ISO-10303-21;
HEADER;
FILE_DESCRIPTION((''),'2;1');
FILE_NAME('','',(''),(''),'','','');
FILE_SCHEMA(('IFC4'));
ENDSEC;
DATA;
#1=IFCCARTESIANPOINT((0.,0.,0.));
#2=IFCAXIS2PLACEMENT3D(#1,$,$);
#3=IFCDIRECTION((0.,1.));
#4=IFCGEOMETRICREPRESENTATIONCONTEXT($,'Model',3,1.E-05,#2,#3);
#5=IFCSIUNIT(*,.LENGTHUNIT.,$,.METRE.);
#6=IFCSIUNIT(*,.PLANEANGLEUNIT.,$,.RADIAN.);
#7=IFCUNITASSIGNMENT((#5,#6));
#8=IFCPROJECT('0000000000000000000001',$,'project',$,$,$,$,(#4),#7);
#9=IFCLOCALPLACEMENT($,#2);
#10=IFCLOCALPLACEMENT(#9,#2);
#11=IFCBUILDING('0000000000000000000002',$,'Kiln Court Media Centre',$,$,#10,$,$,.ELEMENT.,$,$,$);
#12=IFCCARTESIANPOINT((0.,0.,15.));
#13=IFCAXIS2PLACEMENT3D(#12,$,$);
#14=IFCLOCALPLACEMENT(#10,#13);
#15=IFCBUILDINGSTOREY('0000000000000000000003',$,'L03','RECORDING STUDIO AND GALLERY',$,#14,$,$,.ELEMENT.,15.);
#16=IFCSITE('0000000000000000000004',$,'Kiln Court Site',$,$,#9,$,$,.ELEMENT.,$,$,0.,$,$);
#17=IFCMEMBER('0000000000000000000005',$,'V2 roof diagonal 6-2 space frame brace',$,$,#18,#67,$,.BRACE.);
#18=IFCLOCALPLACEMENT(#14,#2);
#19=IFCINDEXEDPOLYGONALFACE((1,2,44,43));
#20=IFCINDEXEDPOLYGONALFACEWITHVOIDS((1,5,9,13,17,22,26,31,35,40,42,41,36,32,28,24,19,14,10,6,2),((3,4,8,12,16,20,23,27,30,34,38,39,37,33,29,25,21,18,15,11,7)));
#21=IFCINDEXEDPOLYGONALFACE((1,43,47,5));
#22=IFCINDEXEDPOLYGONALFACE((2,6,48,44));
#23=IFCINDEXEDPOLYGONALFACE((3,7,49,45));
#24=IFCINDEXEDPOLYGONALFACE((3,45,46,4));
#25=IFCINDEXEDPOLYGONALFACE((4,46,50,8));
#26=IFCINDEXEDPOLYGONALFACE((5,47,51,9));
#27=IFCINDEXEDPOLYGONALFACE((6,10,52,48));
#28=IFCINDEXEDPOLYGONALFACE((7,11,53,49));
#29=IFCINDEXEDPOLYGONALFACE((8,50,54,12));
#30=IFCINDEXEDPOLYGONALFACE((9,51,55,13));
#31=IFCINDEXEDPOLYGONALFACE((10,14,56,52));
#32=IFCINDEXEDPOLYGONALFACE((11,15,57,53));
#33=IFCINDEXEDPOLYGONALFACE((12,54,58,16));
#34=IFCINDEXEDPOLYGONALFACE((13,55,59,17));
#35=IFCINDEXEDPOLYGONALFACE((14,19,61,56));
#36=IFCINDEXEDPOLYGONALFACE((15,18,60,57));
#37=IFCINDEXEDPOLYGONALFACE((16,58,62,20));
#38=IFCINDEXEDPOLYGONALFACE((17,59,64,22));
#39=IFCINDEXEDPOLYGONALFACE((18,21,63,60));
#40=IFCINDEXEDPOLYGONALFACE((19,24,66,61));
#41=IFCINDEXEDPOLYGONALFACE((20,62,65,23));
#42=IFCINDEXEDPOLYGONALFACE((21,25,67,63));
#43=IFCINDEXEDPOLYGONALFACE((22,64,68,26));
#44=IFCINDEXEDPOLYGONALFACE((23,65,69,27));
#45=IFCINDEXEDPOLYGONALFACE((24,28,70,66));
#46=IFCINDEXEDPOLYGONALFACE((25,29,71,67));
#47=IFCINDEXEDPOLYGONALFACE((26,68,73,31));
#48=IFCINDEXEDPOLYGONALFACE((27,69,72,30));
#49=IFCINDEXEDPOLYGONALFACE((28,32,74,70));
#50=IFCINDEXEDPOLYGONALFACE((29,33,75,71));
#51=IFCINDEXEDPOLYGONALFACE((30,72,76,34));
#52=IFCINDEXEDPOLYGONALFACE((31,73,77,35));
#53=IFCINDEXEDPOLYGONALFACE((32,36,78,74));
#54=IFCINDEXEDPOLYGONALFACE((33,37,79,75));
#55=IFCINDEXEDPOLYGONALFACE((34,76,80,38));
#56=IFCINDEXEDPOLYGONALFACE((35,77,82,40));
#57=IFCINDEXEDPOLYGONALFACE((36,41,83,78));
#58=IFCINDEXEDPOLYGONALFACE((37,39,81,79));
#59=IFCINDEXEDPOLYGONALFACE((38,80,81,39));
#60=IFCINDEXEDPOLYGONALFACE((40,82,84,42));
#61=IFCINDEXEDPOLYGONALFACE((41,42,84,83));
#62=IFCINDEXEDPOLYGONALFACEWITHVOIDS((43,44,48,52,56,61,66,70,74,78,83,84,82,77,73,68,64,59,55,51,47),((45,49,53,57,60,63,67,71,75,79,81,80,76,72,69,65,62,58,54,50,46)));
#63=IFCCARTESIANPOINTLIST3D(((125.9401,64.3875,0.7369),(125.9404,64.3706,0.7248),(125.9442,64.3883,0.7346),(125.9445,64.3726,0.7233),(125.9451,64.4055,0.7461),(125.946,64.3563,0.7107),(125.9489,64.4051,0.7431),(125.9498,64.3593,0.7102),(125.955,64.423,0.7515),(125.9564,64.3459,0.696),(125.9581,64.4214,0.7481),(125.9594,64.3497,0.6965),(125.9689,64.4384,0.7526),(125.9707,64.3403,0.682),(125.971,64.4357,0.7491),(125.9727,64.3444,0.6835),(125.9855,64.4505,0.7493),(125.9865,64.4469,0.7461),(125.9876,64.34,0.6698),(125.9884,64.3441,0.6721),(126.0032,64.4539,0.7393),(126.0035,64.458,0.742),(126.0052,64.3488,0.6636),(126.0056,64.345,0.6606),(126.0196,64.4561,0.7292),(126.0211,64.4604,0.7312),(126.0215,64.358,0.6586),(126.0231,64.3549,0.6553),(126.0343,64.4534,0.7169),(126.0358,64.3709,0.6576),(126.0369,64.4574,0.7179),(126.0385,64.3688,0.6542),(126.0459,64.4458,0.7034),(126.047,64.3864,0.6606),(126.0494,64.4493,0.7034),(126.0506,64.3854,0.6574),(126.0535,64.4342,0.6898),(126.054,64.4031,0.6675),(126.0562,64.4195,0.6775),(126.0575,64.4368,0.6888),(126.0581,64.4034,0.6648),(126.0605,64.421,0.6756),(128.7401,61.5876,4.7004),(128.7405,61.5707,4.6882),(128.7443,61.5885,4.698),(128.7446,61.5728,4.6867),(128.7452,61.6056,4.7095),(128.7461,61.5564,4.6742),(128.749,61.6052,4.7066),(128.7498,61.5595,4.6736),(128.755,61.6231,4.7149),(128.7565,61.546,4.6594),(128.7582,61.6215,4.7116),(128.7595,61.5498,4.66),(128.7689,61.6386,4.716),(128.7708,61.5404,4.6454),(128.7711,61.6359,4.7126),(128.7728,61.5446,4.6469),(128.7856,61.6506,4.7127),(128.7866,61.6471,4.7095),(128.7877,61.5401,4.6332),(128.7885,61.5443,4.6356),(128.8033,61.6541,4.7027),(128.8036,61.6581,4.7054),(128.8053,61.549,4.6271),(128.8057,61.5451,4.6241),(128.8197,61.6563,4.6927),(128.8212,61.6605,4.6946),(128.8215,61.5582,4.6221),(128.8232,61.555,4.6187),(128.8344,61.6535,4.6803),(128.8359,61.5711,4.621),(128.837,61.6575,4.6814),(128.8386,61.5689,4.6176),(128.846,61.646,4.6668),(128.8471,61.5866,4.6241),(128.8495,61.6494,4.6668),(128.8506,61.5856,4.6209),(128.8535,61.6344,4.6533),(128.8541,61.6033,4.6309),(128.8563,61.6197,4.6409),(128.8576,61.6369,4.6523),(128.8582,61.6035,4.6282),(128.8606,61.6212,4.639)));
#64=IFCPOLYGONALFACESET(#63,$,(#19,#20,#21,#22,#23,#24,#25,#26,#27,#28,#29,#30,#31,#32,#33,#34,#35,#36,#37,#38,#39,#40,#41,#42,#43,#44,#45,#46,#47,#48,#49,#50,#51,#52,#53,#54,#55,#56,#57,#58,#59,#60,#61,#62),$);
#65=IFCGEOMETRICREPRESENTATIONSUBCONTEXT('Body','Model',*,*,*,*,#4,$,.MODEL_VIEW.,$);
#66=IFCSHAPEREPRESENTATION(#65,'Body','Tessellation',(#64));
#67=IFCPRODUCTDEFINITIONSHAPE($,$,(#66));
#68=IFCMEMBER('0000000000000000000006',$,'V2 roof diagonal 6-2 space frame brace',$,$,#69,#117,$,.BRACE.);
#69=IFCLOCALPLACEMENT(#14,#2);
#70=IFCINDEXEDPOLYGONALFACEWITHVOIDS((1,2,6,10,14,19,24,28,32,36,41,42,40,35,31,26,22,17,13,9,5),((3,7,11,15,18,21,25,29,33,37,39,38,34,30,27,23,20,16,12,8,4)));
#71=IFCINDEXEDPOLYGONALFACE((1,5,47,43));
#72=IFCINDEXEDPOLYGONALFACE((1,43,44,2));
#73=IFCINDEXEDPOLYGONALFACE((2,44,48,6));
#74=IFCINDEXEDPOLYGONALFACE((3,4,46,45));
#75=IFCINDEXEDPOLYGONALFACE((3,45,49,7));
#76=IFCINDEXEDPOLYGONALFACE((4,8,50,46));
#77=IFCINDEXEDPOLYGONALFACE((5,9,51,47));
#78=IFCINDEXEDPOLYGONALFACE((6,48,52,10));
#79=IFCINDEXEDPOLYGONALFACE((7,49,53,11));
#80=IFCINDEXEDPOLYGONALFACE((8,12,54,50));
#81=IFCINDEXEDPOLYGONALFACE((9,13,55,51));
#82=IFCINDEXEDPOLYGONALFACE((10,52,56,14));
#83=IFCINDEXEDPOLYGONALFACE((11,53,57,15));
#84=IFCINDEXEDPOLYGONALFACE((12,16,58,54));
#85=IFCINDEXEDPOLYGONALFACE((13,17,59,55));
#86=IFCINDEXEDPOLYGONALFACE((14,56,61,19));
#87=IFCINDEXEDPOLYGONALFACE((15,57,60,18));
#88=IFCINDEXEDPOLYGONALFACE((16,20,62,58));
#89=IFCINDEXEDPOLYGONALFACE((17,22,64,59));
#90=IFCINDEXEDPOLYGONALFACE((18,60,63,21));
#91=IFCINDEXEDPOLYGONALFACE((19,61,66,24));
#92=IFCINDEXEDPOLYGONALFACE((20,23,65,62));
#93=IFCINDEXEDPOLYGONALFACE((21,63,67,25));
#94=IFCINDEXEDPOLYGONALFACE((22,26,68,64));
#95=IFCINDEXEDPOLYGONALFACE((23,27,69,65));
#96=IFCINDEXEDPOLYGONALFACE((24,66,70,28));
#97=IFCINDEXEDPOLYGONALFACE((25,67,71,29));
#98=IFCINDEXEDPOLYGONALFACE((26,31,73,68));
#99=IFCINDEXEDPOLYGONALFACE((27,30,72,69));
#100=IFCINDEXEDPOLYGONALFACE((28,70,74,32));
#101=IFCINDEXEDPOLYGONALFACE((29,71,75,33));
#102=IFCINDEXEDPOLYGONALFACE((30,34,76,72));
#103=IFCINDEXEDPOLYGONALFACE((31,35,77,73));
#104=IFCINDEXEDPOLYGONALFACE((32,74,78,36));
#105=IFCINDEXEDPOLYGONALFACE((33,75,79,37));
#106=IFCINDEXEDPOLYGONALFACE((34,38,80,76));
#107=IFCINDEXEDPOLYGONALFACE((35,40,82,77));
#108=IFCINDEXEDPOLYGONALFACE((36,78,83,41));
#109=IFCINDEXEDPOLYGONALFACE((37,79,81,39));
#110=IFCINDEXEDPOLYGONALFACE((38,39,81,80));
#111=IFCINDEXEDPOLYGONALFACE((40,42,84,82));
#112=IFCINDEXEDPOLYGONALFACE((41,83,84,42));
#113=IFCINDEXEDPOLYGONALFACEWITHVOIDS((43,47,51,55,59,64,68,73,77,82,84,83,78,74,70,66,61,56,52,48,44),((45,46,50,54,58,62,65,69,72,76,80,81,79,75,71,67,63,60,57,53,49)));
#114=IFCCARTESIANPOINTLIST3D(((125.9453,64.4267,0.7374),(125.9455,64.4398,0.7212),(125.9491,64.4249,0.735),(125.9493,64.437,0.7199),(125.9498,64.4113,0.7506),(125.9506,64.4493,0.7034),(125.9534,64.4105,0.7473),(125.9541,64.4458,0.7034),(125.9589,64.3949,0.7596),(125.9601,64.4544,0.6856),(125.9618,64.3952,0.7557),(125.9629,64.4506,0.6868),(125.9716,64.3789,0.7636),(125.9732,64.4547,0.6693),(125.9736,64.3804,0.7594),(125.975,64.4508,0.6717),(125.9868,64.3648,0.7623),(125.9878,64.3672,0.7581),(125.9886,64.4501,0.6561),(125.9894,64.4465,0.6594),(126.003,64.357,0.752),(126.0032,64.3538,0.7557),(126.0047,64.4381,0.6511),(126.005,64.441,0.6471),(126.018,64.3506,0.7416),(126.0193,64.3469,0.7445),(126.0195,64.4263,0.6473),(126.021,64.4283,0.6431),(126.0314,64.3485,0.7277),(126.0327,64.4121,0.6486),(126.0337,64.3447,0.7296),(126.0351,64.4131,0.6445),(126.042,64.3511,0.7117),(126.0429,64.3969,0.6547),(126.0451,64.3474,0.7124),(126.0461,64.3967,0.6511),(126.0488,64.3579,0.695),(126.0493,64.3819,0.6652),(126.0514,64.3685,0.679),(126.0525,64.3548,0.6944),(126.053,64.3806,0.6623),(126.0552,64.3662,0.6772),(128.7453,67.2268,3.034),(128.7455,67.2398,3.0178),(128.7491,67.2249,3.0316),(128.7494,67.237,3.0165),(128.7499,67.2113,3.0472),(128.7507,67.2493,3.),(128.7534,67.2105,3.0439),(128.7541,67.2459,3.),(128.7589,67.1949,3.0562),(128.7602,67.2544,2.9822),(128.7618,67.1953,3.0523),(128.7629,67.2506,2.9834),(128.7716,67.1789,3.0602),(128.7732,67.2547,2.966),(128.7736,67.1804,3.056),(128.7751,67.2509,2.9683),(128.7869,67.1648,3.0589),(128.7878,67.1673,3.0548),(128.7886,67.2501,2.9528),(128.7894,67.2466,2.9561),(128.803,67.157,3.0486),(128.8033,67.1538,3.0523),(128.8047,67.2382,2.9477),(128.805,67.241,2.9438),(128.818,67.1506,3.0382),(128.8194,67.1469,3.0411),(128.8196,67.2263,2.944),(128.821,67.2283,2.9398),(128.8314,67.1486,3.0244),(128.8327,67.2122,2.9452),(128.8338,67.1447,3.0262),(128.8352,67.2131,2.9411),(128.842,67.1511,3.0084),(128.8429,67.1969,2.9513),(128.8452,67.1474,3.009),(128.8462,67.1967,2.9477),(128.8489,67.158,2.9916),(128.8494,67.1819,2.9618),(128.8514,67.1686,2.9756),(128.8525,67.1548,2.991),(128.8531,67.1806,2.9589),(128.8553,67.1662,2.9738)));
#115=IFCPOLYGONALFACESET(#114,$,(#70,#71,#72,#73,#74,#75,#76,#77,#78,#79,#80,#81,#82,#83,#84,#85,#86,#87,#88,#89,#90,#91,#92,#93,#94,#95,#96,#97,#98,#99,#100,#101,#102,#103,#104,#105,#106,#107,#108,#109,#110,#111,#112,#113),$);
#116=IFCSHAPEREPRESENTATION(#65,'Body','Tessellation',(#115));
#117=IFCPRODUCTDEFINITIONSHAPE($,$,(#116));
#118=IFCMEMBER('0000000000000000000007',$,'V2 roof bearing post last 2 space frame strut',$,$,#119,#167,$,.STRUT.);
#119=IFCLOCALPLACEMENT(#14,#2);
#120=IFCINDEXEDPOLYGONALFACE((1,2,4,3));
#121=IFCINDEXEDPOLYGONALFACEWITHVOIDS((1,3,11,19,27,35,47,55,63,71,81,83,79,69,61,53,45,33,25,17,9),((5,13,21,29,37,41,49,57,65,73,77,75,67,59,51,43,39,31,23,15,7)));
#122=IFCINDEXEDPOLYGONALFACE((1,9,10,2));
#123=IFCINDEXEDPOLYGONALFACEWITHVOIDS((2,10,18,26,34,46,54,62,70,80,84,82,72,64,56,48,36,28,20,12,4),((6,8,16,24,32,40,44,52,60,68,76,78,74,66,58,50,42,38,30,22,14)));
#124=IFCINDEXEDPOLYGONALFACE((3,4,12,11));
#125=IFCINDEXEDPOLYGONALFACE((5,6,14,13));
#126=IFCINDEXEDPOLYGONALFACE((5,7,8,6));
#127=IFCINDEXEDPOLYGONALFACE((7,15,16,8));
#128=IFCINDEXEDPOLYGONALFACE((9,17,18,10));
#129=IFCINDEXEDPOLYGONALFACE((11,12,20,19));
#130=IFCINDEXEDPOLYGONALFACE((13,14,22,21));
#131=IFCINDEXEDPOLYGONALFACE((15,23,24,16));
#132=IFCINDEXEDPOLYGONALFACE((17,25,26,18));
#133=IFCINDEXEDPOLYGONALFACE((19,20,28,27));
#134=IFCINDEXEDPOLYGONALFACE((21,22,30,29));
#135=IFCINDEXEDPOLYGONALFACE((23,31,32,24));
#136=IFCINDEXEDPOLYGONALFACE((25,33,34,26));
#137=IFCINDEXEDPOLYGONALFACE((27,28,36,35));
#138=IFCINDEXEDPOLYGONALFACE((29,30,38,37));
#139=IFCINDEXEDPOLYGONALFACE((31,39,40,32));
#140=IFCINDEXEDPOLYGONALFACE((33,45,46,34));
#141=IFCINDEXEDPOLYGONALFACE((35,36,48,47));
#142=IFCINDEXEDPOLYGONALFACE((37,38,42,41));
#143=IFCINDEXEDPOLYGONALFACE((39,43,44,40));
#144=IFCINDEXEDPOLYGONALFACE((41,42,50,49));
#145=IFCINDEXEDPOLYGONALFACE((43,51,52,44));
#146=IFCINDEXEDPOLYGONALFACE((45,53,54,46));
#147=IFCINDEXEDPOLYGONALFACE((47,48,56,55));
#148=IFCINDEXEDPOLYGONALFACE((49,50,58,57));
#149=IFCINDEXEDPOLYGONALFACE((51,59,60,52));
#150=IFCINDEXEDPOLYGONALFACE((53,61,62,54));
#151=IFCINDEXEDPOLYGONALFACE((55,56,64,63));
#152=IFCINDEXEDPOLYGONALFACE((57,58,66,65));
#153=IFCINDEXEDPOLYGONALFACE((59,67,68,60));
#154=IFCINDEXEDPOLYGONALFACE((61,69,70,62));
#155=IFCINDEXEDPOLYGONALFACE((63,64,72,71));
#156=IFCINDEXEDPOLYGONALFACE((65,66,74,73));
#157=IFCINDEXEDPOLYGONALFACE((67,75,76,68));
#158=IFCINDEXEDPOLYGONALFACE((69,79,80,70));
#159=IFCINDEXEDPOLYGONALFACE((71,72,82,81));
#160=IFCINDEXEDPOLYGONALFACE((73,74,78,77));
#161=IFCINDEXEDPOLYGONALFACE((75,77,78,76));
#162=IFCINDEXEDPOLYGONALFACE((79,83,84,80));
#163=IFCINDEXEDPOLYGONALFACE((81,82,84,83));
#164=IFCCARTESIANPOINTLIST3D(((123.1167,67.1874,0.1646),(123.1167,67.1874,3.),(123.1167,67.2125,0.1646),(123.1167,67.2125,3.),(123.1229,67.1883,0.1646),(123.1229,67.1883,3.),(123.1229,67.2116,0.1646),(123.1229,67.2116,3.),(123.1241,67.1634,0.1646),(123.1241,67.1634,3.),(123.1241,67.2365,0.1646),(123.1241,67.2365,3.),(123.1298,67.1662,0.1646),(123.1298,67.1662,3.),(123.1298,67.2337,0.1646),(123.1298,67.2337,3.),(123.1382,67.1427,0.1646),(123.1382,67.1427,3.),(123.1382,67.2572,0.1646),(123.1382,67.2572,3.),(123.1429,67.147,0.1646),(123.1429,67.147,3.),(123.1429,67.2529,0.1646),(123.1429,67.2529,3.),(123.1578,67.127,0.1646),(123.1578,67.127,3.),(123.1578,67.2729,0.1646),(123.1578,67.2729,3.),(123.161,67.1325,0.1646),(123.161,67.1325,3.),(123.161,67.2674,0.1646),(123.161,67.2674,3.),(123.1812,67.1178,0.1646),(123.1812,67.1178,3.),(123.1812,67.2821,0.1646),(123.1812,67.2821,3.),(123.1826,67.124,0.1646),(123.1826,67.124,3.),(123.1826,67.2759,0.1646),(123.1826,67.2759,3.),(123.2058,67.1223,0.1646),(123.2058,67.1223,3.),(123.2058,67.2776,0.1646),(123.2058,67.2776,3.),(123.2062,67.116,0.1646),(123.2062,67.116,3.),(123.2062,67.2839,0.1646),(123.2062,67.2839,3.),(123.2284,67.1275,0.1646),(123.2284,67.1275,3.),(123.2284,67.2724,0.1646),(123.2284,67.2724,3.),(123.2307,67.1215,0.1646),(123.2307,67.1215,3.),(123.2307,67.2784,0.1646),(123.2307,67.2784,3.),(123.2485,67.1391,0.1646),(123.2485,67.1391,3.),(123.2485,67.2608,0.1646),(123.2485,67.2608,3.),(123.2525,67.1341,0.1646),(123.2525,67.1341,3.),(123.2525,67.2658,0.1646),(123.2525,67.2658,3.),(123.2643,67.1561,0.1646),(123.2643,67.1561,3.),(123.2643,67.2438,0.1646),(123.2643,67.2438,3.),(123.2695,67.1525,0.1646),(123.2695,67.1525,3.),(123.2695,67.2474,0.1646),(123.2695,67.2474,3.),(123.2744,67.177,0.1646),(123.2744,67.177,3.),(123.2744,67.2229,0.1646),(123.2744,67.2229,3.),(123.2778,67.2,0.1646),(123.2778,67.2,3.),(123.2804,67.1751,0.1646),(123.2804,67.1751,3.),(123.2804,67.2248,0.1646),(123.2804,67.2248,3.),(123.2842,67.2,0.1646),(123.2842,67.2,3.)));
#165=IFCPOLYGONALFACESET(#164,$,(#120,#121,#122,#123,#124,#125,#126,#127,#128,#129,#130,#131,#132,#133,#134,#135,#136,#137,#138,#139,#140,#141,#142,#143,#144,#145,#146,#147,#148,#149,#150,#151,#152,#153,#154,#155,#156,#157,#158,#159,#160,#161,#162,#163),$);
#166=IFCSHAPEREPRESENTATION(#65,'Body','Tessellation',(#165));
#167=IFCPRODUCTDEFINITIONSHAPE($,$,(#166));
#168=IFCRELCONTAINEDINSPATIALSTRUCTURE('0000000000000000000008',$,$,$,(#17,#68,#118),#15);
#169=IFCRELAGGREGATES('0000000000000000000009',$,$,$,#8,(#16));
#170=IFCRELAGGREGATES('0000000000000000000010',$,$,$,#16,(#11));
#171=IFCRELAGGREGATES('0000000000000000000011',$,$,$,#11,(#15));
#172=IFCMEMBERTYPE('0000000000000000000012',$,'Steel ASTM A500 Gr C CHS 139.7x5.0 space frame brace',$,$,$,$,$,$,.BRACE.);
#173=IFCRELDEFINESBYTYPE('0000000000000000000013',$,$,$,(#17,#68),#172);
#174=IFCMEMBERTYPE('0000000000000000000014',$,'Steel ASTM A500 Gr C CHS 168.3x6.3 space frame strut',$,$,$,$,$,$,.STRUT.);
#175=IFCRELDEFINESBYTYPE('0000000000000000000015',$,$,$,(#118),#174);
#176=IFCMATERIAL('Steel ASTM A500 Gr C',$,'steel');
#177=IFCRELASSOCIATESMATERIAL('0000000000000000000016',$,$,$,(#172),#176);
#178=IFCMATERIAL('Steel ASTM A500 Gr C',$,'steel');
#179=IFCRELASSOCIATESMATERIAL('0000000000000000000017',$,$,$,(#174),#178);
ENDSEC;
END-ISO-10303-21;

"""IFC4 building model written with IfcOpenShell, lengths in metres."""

from ifc_helpers import new_model, si_unit, direction, frame, origin, origin_2d, place, context, subcontext, project, spatial, hollow_circle, extrude, material, material_profile, profile_set, type_object, element, save


model = new_model("IFC4")

# Units and contexts
model_context = context("Model", 3, precision=1e-05, world=origin(), true_north=direction((0.0, 1.0)))
body_context = subcontext(model_context, "Body", "Model", "MODEL_VIEW")
ifc_project = project(units=[si_unit("LENGTHUNIT", "METRE"), si_unit("PLANEANGLEUNIT", "RADIAN")], contexts=[model_context])

# Site, building, storey
site_placement = place(None, origin())
site = spatial("IfcSite", under=ifc_project, at=site_placement, Name="Kiln Court Site", CompositionType="ELEMENT", RefElevation=0.0)
building_placement = place(site_placement, origin())
building = spatial("IfcBuilding", under=site, at=building_placement, Name="Kiln Court Media Centre", CompositionType="ELEMENT")
storey_placement = place(building_placement, frame((0.0, 0.0, 15.0)))
storey = spatial("IfcBuildingStorey", under=building, at=storey_placement, Name="L03", Description="RECORDING STUDIO AND GALLERY", CompositionType="ELEMENT", Elevation=15.0)

# Members
ifc_material_1 = material(Name="Steel ASTM A500 Gr C", Category="steel")
ifc_material_profile_1 = material_profile(ifc_material_1, hollow_circle(Radius=0.0698, WallThickness=0.0049, at=origin_2d()), Name="CHS 139.7x5.0")
ifc_profile_set_1 = profile_set([ifc_material_profile_1], Name="Steel ASTM A500 Gr C")
member_type_1 = type_object("IfcMemberType", Name="Steel ASTM A500 Gr C CHS 139.7x5.0 space frame brace", PredefinedType="BRACE", material=ifc_profile_set_1)
member_1_placement = place(storey_placement, frame((126.0, 64.3999, 0.7034), z_axis=(0.499789, -0.499746, 0.707436), x_axis=(0.707076, 0.707138, 0.0)))
element("IfcMember", 1, at=member_1_placement, inside=storey, type_object=member_type_1, Name="V2 roof diagonal 6-2 space frame brace", PredefinedType="BRACE", context=body_context, shape_type="SweptSolid", body=[
    extrude(hollow_circle(Radius=0.0698, WallThickness=0.0049, at=origin_2d()), origin(), (0.0, 0.0, 1.0), 5.6025),
])
member_2_placement = place(storey_placement, frame((126.0, 64.3999, 0.7034), z_axis=(0.611676, 0.611676, 0.501703), x_axis=(-0.707107, 0.707107, 0.0)))
element("IfcMember", 2, at=member_2_placement, inside=storey, type_object=member_type_1, Name="V2 roof diagonal 6-2 space frame brace", PredefinedType="BRACE", context=body_context, shape_type="SweptSolid", body=[
    extrude(hollow_circle(Radius=0.0698, WallThickness=0.0049, at=origin_2d()), origin(), (0.0, 0.0, 1.0), 4.5776),
])
ifc_material_2 = material(Name="Steel ASTM A500 Gr C", Category="steel")
ifc_material_profile_2 = material_profile(ifc_material_2, hollow_circle(Radius=0.0842, WallThickness=0.0063, at=origin_2d()), Name="CHS 168.3x6.3")
ifc_profile_set_2 = profile_set([ifc_material_profile_2], Name="Steel ASTM A500 Gr C")
member_type_2 = type_object("IfcMemberType", Name="Steel ASTM A500 Gr C CHS 168.3x6.3 space frame strut", PredefinedType="STRUT", material=ifc_profile_set_2)
member_3_placement = place(storey_placement, frame((123.2, 67.2, 0.1646), z_axis=(0.0, 0.0, 1.0), x_axis=(1.0, 0.0, 0.0)))
element("IfcMember", 3, at=member_3_placement, inside=storey, type_object=member_type_2, Name="V2 roof bearing post last 2 space frame strut", PredefinedType="STRUT", context=body_context, shape_type="SweptSolid", body=[
    extrude(hollow_circle(Radius=0.0842, WallThickness=0.0063, at=origin_2d()), origin(), (0.0, 0.0, 1.0), 2.8354),
])

save(model, "model.ifc")
